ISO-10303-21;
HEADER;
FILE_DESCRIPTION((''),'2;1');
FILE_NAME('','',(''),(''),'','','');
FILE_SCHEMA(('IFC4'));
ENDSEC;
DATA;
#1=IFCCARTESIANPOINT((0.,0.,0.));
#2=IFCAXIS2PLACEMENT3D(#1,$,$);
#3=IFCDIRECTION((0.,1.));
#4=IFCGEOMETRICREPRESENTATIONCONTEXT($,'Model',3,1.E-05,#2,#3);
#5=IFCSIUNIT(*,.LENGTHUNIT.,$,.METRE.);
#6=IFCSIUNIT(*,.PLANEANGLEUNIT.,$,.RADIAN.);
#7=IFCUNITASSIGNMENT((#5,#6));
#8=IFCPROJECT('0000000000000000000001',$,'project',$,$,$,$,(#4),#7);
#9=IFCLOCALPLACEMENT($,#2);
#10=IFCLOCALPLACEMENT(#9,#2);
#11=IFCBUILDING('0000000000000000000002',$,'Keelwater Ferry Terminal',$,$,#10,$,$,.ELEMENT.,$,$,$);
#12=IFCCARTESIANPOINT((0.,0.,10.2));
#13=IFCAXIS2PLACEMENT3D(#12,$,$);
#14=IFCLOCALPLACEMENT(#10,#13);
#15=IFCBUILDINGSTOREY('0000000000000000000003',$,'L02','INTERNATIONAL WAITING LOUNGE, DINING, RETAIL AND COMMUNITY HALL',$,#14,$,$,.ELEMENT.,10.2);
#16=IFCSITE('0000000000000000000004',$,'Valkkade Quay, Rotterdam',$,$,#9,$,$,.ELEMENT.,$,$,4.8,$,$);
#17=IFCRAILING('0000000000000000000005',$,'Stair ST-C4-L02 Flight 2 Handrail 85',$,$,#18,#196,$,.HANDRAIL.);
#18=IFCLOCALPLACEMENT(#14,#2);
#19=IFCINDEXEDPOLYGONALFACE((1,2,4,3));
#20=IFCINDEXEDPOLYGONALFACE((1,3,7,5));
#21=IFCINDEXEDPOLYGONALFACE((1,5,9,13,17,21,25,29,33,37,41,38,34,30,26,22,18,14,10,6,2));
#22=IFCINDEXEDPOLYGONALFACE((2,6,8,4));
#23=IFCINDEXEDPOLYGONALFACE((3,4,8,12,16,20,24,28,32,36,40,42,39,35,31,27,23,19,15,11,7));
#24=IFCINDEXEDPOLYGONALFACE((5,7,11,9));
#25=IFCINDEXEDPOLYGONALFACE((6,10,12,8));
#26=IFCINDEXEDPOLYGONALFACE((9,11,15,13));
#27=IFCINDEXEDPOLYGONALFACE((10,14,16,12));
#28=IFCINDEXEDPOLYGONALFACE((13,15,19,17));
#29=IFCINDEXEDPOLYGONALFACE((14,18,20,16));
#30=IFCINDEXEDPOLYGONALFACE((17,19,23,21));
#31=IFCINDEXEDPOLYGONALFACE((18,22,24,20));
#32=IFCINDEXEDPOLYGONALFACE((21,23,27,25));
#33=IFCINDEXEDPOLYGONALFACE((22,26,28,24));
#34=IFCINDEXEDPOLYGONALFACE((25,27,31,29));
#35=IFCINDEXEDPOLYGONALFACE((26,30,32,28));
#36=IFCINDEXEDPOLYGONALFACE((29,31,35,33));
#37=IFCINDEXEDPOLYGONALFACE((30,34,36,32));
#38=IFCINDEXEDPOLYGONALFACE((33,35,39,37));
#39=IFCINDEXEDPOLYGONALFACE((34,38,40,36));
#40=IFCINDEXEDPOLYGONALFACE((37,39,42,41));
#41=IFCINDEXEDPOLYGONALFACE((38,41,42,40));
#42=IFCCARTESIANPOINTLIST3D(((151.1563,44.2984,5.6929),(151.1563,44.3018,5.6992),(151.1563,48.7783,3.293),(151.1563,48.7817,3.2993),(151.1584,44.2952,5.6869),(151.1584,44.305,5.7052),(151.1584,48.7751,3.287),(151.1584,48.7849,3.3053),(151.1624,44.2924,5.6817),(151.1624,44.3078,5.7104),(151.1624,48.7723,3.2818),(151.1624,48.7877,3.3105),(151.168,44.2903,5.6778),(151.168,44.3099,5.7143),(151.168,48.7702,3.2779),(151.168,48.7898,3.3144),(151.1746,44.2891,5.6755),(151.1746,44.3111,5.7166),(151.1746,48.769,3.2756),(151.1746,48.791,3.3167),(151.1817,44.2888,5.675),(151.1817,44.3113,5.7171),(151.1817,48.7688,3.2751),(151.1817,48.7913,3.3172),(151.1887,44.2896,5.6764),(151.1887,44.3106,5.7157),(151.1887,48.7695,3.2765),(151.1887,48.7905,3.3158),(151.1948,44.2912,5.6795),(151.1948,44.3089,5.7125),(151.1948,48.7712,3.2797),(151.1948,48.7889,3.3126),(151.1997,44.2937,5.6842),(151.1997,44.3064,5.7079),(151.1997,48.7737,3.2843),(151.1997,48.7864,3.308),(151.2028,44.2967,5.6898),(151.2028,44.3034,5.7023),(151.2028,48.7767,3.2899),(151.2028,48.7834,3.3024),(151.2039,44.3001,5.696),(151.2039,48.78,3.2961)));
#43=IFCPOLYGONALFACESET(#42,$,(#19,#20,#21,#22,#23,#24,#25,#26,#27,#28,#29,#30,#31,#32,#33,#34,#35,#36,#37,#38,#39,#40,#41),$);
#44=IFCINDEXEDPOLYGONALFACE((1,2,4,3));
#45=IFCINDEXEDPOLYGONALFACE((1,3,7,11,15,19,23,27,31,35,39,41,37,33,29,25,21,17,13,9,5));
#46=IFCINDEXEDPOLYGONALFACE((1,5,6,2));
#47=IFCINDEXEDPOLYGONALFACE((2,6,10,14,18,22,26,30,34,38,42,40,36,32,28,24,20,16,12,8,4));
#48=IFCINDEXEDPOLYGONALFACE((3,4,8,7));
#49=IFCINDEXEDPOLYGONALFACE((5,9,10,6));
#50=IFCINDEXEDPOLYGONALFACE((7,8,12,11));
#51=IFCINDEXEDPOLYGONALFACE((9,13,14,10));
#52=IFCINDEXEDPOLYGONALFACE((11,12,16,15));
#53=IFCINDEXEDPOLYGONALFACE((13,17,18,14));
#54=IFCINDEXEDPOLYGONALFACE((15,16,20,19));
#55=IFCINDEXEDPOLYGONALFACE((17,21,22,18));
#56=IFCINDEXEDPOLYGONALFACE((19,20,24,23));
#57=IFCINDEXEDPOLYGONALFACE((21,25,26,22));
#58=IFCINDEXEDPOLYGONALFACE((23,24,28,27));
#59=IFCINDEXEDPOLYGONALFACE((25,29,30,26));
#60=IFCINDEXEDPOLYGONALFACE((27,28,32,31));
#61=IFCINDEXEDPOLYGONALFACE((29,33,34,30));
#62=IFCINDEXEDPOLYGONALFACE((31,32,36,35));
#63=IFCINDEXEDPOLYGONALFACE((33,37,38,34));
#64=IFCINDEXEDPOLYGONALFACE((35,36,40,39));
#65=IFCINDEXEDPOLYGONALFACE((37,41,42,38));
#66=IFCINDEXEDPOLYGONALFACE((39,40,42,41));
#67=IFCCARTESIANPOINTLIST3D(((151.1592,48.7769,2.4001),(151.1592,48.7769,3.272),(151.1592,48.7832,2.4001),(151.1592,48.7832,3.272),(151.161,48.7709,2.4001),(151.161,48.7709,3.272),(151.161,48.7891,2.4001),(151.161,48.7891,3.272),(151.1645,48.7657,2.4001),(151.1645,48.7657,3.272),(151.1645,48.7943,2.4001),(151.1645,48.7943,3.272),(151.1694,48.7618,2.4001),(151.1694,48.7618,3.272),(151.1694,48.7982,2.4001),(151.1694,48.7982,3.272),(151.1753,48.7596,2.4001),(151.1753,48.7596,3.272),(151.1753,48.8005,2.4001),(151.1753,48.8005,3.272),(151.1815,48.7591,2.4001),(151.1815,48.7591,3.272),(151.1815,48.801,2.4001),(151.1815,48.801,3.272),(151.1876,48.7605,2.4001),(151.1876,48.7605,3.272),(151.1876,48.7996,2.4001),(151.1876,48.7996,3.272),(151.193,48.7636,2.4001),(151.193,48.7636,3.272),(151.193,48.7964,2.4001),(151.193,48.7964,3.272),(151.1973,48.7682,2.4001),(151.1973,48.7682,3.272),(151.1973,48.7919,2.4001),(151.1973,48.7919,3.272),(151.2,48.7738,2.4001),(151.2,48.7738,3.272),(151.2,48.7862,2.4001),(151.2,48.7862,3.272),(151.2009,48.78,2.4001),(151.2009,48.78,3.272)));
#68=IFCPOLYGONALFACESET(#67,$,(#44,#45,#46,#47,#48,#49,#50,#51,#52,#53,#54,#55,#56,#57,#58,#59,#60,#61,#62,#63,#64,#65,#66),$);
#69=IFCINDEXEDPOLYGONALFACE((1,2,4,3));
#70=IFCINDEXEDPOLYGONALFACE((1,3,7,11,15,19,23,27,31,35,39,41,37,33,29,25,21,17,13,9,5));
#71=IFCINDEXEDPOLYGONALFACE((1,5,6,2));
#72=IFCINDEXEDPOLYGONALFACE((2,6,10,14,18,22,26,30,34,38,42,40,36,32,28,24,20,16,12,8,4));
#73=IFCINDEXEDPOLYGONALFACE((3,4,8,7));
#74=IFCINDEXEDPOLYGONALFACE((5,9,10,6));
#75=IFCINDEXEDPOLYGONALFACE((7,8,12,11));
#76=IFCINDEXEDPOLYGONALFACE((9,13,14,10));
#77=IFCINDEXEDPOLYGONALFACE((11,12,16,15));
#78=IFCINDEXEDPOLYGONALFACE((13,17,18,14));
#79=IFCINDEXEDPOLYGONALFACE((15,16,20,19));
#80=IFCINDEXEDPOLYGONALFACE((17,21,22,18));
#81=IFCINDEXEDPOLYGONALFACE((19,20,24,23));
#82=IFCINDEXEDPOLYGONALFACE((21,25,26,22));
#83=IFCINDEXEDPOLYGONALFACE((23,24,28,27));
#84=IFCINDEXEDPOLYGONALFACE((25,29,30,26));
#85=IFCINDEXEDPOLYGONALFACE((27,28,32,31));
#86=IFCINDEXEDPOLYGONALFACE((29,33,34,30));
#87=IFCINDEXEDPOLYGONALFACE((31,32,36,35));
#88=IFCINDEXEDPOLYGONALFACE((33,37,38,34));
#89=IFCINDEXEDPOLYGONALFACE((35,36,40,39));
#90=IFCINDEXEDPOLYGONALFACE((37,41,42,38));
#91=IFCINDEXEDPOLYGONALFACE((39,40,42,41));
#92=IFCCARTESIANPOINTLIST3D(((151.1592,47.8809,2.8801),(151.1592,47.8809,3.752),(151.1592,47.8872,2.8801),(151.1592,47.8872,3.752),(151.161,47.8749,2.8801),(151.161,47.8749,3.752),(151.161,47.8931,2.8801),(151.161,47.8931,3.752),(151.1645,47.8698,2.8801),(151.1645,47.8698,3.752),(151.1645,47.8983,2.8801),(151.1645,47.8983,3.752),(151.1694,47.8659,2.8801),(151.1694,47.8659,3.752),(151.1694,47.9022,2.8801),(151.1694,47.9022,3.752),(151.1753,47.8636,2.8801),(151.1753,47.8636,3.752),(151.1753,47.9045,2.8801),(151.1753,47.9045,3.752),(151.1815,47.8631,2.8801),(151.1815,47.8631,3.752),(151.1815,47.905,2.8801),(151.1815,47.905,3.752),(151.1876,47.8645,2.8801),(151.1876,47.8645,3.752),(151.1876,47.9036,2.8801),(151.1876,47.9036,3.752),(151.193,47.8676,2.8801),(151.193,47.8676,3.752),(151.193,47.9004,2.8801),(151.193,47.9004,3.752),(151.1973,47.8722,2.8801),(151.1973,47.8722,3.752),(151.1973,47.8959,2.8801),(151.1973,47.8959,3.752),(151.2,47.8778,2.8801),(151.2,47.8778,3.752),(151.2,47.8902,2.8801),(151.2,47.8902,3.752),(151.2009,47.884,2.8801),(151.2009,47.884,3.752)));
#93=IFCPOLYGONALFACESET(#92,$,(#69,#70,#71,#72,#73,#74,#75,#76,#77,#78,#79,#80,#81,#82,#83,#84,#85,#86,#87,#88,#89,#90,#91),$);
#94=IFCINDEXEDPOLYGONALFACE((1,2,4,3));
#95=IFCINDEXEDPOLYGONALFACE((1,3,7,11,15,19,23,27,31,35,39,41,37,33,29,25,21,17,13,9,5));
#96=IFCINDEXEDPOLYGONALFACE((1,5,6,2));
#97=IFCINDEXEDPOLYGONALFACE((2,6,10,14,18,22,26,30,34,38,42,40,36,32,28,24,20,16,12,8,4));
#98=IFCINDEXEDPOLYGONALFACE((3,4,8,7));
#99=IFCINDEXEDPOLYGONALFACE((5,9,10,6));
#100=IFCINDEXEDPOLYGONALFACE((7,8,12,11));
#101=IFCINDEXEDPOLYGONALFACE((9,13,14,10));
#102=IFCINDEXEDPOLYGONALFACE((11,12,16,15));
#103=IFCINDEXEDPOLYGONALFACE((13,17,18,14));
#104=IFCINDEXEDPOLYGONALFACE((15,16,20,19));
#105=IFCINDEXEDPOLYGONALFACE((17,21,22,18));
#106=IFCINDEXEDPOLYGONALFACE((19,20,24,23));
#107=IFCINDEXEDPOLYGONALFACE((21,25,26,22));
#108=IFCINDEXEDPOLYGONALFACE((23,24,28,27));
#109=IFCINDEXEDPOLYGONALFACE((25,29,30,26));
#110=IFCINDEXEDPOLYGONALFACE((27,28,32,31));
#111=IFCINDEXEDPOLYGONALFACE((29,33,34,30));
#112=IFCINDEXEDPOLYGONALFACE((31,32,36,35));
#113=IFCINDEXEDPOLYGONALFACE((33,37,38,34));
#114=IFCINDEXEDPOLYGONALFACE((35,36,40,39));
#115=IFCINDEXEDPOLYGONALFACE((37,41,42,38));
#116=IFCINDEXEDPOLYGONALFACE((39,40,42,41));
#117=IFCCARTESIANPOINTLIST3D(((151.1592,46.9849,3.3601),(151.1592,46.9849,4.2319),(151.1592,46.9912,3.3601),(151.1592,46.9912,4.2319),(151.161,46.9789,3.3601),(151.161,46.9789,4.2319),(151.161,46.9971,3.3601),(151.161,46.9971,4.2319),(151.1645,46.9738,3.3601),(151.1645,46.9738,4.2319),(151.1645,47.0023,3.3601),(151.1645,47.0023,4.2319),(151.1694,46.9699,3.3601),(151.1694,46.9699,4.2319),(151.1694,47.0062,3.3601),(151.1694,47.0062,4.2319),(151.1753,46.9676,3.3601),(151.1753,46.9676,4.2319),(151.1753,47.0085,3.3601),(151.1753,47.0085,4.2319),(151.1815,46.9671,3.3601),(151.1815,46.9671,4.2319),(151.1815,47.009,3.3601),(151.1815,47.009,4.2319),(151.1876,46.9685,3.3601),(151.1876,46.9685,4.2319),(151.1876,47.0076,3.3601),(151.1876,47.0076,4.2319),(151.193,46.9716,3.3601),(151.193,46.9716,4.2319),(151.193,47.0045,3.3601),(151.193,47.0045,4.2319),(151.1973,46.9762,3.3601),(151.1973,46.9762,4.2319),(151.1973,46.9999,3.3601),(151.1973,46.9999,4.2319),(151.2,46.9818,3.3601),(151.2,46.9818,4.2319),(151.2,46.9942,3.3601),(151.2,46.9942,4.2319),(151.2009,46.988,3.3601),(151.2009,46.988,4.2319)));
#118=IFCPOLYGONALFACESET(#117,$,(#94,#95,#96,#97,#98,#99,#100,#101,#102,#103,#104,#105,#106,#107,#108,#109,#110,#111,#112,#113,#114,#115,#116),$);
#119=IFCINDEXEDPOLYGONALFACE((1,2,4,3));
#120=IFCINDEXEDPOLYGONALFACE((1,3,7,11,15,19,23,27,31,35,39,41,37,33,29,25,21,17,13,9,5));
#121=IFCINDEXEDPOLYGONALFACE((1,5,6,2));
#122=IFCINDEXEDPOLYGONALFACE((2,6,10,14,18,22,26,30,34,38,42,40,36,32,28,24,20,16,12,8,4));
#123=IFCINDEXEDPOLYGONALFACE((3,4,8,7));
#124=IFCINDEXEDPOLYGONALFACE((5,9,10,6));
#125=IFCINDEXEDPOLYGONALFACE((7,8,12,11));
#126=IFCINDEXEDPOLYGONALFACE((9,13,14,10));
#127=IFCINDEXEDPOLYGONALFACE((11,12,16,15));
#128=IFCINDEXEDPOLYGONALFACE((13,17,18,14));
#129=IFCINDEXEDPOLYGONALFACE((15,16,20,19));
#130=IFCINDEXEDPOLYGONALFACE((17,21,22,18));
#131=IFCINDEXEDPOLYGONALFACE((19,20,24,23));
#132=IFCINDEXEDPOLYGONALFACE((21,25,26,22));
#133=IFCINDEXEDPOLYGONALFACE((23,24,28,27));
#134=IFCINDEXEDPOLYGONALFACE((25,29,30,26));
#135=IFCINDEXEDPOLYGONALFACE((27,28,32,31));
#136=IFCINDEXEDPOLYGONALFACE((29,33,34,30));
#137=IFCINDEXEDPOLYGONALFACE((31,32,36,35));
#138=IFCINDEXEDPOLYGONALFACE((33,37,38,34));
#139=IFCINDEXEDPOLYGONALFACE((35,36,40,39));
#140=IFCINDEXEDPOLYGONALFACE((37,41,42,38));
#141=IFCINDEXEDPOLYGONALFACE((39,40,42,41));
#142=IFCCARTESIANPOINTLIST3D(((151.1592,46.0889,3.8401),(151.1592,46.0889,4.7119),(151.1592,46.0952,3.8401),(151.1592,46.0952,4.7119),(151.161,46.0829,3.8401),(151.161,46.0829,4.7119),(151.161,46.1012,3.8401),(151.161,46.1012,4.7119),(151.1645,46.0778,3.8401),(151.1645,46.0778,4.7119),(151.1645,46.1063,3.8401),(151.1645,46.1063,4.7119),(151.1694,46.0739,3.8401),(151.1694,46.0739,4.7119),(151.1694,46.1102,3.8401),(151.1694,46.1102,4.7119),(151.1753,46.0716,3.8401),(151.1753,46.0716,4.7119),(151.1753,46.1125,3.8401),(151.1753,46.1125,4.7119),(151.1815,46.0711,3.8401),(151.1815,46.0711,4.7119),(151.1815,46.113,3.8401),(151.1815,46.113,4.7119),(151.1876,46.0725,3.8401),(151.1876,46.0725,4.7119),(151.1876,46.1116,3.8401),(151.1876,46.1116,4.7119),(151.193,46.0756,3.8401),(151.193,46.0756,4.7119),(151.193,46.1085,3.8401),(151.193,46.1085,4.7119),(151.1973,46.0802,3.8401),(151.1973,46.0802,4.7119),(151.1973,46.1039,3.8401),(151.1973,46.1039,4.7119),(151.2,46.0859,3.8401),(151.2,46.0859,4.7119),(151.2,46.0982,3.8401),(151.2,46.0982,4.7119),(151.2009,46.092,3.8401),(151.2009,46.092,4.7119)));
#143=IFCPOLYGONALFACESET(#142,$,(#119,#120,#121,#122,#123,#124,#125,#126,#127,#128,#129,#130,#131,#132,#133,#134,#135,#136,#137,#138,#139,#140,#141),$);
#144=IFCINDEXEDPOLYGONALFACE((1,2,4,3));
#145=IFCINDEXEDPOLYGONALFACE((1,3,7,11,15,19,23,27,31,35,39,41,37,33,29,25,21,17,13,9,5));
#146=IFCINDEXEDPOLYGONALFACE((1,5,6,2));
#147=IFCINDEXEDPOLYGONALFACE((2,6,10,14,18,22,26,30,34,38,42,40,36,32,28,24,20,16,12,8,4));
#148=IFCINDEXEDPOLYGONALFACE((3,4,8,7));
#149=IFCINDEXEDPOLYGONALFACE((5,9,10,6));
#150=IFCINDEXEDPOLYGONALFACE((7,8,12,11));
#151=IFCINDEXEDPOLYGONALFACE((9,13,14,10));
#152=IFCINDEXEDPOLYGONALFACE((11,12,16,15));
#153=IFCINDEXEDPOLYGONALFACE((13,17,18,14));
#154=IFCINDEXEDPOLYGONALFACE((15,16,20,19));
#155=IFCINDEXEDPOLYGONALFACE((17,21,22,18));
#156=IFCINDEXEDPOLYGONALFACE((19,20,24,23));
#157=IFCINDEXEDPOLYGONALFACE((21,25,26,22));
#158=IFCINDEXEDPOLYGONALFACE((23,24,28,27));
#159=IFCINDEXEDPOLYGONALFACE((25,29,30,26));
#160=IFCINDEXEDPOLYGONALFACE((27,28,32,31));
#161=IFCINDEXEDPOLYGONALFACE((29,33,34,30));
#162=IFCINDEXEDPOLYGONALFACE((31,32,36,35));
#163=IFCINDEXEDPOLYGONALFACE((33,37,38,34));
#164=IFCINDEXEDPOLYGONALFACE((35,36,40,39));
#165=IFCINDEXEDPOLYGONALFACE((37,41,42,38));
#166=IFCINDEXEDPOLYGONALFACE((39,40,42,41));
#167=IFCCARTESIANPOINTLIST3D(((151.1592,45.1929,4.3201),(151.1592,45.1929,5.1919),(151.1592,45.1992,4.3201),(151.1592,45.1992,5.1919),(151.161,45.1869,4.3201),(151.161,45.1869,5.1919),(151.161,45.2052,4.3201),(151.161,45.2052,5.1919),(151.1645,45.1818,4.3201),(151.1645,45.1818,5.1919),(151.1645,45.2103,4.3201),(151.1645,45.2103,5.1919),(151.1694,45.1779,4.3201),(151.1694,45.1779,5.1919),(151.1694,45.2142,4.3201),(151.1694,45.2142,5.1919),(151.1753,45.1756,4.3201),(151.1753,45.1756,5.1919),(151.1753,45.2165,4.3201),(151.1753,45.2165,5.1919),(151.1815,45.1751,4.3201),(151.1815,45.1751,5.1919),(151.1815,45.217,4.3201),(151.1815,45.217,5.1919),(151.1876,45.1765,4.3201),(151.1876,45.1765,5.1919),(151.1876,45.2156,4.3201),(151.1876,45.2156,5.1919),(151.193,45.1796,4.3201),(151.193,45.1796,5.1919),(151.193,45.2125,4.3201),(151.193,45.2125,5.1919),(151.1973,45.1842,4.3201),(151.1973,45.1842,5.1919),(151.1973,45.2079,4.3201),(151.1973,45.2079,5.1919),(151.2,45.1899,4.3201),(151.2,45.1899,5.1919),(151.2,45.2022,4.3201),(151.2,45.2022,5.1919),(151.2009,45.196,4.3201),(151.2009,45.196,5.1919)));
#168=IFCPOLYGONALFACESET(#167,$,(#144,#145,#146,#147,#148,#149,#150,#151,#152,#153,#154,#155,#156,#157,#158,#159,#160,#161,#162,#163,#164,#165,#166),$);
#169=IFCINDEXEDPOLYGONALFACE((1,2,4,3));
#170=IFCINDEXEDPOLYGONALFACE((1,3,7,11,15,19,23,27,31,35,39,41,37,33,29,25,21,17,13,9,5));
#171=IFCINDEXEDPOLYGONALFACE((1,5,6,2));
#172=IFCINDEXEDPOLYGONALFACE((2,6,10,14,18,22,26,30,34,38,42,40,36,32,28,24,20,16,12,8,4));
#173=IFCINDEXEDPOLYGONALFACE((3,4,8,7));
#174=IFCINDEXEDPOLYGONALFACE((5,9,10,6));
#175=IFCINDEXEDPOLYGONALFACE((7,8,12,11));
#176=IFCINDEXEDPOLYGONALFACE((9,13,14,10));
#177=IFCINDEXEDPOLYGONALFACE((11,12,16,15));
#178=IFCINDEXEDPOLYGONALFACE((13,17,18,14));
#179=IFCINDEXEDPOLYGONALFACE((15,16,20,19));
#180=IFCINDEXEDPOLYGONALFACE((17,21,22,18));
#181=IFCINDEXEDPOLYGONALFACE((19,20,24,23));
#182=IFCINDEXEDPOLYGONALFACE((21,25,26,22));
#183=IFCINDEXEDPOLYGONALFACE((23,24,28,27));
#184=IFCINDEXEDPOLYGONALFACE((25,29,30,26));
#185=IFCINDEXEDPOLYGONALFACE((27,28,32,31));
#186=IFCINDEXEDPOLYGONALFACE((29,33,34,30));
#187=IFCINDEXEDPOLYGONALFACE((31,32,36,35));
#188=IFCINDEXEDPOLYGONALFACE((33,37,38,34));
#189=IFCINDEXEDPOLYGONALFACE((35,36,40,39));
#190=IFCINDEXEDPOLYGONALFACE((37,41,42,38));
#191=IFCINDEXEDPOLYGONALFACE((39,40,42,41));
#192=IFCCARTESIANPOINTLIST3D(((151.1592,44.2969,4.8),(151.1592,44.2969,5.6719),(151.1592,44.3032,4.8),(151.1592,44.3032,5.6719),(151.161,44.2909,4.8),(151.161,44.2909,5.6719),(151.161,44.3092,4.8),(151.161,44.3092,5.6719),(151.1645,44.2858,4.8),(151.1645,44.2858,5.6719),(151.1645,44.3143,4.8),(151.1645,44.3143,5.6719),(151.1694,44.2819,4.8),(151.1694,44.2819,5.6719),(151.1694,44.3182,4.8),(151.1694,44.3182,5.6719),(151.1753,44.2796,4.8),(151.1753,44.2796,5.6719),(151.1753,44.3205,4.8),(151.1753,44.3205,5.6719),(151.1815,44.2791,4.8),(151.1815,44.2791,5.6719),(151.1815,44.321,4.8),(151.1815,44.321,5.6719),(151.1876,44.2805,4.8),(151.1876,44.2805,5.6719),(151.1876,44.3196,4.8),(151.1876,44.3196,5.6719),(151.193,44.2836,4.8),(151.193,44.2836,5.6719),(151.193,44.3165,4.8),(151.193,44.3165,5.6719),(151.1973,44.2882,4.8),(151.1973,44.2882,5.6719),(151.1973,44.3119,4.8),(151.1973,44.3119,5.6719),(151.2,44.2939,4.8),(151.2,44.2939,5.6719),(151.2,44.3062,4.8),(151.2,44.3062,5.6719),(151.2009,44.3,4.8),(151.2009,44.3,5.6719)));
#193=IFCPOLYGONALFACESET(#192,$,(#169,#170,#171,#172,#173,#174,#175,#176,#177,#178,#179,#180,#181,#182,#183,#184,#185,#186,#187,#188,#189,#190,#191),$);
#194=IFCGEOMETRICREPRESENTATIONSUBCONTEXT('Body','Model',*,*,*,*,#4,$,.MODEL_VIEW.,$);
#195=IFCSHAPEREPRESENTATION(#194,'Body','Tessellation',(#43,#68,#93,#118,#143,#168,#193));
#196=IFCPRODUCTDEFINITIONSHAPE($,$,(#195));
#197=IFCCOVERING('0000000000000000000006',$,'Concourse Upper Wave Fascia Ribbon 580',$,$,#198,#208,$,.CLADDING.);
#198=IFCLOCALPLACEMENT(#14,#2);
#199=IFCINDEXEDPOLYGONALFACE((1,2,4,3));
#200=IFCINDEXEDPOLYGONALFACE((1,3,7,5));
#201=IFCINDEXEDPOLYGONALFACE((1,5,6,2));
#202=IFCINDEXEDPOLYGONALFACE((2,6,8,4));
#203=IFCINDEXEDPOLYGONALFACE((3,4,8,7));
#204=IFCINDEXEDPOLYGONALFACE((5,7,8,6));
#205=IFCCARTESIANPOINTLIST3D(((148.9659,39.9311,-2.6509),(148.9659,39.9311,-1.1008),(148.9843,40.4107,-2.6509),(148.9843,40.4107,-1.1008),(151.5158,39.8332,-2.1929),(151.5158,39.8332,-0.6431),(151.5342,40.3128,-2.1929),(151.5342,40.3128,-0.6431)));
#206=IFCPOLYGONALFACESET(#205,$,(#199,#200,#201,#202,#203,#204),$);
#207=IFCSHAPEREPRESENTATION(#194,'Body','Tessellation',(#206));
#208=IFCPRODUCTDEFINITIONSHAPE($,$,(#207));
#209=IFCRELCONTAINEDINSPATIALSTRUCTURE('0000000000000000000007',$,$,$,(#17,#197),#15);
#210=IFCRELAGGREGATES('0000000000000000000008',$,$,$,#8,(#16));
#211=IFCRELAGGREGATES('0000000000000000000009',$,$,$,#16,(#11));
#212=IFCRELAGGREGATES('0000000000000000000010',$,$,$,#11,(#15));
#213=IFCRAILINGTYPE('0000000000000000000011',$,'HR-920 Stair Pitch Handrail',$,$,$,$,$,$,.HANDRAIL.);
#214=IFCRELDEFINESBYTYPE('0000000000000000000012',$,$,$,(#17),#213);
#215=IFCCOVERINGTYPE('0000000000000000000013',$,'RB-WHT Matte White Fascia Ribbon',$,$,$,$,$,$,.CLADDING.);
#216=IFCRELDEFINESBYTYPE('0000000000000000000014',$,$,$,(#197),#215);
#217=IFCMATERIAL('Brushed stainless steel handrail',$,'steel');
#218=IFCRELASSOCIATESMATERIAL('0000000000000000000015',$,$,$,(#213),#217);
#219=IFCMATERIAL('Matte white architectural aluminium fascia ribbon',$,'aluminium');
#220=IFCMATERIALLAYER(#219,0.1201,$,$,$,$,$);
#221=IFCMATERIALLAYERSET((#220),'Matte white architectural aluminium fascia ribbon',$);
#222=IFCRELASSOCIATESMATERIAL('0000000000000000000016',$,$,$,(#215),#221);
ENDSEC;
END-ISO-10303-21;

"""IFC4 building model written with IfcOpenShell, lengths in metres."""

from ifc_helpers import new_model, si_unit, direction, frame, origin, origin_2d, place, context, subcontext, project, spatial, polyline, circle, outline, extrude, material, layer, layer_set, type_object, element, save


model = new_model("IFC4")

# Units and contexts
model_context = context("Model", 3, precision=1e-05, world=origin(), true_north=direction((0.0, 1.0)))
body_context = subcontext(model_context, "Body", "Model", "MODEL_VIEW")
ifc_project = project(units=[si_unit("LENGTHUNIT", "METRE"), si_unit("PLANEANGLEUNIT", "RADIAN")], contexts=[model_context])

# Site, building, storey
site_placement = place(None, origin())
site = spatial("IfcSite", under=ifc_project, at=site_placement, Name="Valkkade Quay, Rotterdam", CompositionType="ELEMENT", RefElevation=4.8)
building_placement = place(site_placement, origin())
building = spatial("IfcBuilding", under=site, at=building_placement, Name="Keelwater Ferry Terminal", CompositionType="ELEMENT")
storey_placement = place(building_placement, frame((0.0, 0.0, 10.2)))
storey = spatial("IfcBuildingStorey", under=building, at=storey_placement, Name="L02", Description="INTERNATIONAL WAITING LOUNGE, DINING, RETAIL AND COMMUNITY HALL", CompositionType="ELEMENT", Elevation=10.2)

# Railing
ifc_material_1 = material(Name="Brushed stainless steel handrail", Category="steel")
railing_type_1 = type_object("IfcRailingType", Name="HR-920 Stair Pitch Handrail", PredefinedType="HANDRAIL", material=ifc_material_1)
railing_1_placement = place(storey_placement, frame((151.1799, 48.78, 2.4001)))
element("IfcRailing", 1, at=railing_1_placement, inside=storey, type_object=railing_type_1, Name="Stair ST-C4-L02 Flight 2 Handrail 85", PredefinedType="HANDRAIL", context=body_context, shape_type="SweptSolid", body=[
    extrude(circle(Radius=0.0239, at=origin_2d()), frame((0.0, 0.0, 0.896), z_axis=(0.0, -0.881487, 0.472208), x_axis=(1.0, 0.0, 0.0)), (0.0, 0.0, 1.0), 5.0823),
    extrude(circle(Radius=0.021, at=origin_2d()), origin(), (0.0, 0.0, 1.0), 0.8718),
    extrude(circle(Radius=0.021, at=origin_2d()), frame((0.0, -0.896, 0.48)), (0.0, 0.0, 1.0), 0.8718),
    extrude(circle(Radius=0.021, at=origin_2d()), frame((0.0, -1.792, 0.96)), (0.0, 0.0, 1.0), 0.8718),
    extrude(circle(Radius=0.021, at=origin_2d()), frame((0.0, -2.688, 1.4399)), (0.0, 0.0, 1.0), 0.8718),
    extrude(circle(Radius=0.021, at=origin_2d()), frame((0.0, -3.584, 1.9199)), (0.0, 0.0, 1.0), 0.8718),
    extrude(circle(Radius=0.021, at=origin_2d()), frame((0.0, -4.48, 2.3999)), (0.0, 0.0, 1.0), 0.8718),
])

# Covering
ifc_material_2 = material(Name="Matte white architectural aluminium fascia ribbon", Category="aluminium")
ifc_layer_1 = layer(ifc_material_2, 0.1201)
ifc_layer_set_1 = layer_set([ifc_layer_1], Name="Matte white architectural aluminium fascia ribbon")
covering_type = type_object("IfcCoveringType", Name="RB-WHT Matte White Fascia Ribbon", PredefinedType="CLADDING", material=ifc_layer_set_1)
covering_1_placement = place(storey_placement, frame((148.9751, 40.1709, -2.6509), z_axis=(0.0, 0.0, 1.0), x_axis=(0.999264, -0.038367, 0.0)))
element("IfcCovering", 2, at=covering_1_placement, inside=storey, type_object=covering_type, Name="Concourse Upper Wave Fascia Ribbon 580", PredefinedType="CLADDING", context=body_context, shape_type="SweptSolid", body=[
    extrude(outline(polyline([(0.0, 0.0), (2.5518, 0.458), (2.5518, 2.0078), (0.0, 1.55), (0.0, 0.0)])), frame((0.0, 0.24, 0.0), z_axis=(0.0, -1.0, 0.0), x_axis=(1.0, 0.0, 0.0)), (0.0, 0.0, 1.0), 0.48),
])

save(model, "model.ifc")
